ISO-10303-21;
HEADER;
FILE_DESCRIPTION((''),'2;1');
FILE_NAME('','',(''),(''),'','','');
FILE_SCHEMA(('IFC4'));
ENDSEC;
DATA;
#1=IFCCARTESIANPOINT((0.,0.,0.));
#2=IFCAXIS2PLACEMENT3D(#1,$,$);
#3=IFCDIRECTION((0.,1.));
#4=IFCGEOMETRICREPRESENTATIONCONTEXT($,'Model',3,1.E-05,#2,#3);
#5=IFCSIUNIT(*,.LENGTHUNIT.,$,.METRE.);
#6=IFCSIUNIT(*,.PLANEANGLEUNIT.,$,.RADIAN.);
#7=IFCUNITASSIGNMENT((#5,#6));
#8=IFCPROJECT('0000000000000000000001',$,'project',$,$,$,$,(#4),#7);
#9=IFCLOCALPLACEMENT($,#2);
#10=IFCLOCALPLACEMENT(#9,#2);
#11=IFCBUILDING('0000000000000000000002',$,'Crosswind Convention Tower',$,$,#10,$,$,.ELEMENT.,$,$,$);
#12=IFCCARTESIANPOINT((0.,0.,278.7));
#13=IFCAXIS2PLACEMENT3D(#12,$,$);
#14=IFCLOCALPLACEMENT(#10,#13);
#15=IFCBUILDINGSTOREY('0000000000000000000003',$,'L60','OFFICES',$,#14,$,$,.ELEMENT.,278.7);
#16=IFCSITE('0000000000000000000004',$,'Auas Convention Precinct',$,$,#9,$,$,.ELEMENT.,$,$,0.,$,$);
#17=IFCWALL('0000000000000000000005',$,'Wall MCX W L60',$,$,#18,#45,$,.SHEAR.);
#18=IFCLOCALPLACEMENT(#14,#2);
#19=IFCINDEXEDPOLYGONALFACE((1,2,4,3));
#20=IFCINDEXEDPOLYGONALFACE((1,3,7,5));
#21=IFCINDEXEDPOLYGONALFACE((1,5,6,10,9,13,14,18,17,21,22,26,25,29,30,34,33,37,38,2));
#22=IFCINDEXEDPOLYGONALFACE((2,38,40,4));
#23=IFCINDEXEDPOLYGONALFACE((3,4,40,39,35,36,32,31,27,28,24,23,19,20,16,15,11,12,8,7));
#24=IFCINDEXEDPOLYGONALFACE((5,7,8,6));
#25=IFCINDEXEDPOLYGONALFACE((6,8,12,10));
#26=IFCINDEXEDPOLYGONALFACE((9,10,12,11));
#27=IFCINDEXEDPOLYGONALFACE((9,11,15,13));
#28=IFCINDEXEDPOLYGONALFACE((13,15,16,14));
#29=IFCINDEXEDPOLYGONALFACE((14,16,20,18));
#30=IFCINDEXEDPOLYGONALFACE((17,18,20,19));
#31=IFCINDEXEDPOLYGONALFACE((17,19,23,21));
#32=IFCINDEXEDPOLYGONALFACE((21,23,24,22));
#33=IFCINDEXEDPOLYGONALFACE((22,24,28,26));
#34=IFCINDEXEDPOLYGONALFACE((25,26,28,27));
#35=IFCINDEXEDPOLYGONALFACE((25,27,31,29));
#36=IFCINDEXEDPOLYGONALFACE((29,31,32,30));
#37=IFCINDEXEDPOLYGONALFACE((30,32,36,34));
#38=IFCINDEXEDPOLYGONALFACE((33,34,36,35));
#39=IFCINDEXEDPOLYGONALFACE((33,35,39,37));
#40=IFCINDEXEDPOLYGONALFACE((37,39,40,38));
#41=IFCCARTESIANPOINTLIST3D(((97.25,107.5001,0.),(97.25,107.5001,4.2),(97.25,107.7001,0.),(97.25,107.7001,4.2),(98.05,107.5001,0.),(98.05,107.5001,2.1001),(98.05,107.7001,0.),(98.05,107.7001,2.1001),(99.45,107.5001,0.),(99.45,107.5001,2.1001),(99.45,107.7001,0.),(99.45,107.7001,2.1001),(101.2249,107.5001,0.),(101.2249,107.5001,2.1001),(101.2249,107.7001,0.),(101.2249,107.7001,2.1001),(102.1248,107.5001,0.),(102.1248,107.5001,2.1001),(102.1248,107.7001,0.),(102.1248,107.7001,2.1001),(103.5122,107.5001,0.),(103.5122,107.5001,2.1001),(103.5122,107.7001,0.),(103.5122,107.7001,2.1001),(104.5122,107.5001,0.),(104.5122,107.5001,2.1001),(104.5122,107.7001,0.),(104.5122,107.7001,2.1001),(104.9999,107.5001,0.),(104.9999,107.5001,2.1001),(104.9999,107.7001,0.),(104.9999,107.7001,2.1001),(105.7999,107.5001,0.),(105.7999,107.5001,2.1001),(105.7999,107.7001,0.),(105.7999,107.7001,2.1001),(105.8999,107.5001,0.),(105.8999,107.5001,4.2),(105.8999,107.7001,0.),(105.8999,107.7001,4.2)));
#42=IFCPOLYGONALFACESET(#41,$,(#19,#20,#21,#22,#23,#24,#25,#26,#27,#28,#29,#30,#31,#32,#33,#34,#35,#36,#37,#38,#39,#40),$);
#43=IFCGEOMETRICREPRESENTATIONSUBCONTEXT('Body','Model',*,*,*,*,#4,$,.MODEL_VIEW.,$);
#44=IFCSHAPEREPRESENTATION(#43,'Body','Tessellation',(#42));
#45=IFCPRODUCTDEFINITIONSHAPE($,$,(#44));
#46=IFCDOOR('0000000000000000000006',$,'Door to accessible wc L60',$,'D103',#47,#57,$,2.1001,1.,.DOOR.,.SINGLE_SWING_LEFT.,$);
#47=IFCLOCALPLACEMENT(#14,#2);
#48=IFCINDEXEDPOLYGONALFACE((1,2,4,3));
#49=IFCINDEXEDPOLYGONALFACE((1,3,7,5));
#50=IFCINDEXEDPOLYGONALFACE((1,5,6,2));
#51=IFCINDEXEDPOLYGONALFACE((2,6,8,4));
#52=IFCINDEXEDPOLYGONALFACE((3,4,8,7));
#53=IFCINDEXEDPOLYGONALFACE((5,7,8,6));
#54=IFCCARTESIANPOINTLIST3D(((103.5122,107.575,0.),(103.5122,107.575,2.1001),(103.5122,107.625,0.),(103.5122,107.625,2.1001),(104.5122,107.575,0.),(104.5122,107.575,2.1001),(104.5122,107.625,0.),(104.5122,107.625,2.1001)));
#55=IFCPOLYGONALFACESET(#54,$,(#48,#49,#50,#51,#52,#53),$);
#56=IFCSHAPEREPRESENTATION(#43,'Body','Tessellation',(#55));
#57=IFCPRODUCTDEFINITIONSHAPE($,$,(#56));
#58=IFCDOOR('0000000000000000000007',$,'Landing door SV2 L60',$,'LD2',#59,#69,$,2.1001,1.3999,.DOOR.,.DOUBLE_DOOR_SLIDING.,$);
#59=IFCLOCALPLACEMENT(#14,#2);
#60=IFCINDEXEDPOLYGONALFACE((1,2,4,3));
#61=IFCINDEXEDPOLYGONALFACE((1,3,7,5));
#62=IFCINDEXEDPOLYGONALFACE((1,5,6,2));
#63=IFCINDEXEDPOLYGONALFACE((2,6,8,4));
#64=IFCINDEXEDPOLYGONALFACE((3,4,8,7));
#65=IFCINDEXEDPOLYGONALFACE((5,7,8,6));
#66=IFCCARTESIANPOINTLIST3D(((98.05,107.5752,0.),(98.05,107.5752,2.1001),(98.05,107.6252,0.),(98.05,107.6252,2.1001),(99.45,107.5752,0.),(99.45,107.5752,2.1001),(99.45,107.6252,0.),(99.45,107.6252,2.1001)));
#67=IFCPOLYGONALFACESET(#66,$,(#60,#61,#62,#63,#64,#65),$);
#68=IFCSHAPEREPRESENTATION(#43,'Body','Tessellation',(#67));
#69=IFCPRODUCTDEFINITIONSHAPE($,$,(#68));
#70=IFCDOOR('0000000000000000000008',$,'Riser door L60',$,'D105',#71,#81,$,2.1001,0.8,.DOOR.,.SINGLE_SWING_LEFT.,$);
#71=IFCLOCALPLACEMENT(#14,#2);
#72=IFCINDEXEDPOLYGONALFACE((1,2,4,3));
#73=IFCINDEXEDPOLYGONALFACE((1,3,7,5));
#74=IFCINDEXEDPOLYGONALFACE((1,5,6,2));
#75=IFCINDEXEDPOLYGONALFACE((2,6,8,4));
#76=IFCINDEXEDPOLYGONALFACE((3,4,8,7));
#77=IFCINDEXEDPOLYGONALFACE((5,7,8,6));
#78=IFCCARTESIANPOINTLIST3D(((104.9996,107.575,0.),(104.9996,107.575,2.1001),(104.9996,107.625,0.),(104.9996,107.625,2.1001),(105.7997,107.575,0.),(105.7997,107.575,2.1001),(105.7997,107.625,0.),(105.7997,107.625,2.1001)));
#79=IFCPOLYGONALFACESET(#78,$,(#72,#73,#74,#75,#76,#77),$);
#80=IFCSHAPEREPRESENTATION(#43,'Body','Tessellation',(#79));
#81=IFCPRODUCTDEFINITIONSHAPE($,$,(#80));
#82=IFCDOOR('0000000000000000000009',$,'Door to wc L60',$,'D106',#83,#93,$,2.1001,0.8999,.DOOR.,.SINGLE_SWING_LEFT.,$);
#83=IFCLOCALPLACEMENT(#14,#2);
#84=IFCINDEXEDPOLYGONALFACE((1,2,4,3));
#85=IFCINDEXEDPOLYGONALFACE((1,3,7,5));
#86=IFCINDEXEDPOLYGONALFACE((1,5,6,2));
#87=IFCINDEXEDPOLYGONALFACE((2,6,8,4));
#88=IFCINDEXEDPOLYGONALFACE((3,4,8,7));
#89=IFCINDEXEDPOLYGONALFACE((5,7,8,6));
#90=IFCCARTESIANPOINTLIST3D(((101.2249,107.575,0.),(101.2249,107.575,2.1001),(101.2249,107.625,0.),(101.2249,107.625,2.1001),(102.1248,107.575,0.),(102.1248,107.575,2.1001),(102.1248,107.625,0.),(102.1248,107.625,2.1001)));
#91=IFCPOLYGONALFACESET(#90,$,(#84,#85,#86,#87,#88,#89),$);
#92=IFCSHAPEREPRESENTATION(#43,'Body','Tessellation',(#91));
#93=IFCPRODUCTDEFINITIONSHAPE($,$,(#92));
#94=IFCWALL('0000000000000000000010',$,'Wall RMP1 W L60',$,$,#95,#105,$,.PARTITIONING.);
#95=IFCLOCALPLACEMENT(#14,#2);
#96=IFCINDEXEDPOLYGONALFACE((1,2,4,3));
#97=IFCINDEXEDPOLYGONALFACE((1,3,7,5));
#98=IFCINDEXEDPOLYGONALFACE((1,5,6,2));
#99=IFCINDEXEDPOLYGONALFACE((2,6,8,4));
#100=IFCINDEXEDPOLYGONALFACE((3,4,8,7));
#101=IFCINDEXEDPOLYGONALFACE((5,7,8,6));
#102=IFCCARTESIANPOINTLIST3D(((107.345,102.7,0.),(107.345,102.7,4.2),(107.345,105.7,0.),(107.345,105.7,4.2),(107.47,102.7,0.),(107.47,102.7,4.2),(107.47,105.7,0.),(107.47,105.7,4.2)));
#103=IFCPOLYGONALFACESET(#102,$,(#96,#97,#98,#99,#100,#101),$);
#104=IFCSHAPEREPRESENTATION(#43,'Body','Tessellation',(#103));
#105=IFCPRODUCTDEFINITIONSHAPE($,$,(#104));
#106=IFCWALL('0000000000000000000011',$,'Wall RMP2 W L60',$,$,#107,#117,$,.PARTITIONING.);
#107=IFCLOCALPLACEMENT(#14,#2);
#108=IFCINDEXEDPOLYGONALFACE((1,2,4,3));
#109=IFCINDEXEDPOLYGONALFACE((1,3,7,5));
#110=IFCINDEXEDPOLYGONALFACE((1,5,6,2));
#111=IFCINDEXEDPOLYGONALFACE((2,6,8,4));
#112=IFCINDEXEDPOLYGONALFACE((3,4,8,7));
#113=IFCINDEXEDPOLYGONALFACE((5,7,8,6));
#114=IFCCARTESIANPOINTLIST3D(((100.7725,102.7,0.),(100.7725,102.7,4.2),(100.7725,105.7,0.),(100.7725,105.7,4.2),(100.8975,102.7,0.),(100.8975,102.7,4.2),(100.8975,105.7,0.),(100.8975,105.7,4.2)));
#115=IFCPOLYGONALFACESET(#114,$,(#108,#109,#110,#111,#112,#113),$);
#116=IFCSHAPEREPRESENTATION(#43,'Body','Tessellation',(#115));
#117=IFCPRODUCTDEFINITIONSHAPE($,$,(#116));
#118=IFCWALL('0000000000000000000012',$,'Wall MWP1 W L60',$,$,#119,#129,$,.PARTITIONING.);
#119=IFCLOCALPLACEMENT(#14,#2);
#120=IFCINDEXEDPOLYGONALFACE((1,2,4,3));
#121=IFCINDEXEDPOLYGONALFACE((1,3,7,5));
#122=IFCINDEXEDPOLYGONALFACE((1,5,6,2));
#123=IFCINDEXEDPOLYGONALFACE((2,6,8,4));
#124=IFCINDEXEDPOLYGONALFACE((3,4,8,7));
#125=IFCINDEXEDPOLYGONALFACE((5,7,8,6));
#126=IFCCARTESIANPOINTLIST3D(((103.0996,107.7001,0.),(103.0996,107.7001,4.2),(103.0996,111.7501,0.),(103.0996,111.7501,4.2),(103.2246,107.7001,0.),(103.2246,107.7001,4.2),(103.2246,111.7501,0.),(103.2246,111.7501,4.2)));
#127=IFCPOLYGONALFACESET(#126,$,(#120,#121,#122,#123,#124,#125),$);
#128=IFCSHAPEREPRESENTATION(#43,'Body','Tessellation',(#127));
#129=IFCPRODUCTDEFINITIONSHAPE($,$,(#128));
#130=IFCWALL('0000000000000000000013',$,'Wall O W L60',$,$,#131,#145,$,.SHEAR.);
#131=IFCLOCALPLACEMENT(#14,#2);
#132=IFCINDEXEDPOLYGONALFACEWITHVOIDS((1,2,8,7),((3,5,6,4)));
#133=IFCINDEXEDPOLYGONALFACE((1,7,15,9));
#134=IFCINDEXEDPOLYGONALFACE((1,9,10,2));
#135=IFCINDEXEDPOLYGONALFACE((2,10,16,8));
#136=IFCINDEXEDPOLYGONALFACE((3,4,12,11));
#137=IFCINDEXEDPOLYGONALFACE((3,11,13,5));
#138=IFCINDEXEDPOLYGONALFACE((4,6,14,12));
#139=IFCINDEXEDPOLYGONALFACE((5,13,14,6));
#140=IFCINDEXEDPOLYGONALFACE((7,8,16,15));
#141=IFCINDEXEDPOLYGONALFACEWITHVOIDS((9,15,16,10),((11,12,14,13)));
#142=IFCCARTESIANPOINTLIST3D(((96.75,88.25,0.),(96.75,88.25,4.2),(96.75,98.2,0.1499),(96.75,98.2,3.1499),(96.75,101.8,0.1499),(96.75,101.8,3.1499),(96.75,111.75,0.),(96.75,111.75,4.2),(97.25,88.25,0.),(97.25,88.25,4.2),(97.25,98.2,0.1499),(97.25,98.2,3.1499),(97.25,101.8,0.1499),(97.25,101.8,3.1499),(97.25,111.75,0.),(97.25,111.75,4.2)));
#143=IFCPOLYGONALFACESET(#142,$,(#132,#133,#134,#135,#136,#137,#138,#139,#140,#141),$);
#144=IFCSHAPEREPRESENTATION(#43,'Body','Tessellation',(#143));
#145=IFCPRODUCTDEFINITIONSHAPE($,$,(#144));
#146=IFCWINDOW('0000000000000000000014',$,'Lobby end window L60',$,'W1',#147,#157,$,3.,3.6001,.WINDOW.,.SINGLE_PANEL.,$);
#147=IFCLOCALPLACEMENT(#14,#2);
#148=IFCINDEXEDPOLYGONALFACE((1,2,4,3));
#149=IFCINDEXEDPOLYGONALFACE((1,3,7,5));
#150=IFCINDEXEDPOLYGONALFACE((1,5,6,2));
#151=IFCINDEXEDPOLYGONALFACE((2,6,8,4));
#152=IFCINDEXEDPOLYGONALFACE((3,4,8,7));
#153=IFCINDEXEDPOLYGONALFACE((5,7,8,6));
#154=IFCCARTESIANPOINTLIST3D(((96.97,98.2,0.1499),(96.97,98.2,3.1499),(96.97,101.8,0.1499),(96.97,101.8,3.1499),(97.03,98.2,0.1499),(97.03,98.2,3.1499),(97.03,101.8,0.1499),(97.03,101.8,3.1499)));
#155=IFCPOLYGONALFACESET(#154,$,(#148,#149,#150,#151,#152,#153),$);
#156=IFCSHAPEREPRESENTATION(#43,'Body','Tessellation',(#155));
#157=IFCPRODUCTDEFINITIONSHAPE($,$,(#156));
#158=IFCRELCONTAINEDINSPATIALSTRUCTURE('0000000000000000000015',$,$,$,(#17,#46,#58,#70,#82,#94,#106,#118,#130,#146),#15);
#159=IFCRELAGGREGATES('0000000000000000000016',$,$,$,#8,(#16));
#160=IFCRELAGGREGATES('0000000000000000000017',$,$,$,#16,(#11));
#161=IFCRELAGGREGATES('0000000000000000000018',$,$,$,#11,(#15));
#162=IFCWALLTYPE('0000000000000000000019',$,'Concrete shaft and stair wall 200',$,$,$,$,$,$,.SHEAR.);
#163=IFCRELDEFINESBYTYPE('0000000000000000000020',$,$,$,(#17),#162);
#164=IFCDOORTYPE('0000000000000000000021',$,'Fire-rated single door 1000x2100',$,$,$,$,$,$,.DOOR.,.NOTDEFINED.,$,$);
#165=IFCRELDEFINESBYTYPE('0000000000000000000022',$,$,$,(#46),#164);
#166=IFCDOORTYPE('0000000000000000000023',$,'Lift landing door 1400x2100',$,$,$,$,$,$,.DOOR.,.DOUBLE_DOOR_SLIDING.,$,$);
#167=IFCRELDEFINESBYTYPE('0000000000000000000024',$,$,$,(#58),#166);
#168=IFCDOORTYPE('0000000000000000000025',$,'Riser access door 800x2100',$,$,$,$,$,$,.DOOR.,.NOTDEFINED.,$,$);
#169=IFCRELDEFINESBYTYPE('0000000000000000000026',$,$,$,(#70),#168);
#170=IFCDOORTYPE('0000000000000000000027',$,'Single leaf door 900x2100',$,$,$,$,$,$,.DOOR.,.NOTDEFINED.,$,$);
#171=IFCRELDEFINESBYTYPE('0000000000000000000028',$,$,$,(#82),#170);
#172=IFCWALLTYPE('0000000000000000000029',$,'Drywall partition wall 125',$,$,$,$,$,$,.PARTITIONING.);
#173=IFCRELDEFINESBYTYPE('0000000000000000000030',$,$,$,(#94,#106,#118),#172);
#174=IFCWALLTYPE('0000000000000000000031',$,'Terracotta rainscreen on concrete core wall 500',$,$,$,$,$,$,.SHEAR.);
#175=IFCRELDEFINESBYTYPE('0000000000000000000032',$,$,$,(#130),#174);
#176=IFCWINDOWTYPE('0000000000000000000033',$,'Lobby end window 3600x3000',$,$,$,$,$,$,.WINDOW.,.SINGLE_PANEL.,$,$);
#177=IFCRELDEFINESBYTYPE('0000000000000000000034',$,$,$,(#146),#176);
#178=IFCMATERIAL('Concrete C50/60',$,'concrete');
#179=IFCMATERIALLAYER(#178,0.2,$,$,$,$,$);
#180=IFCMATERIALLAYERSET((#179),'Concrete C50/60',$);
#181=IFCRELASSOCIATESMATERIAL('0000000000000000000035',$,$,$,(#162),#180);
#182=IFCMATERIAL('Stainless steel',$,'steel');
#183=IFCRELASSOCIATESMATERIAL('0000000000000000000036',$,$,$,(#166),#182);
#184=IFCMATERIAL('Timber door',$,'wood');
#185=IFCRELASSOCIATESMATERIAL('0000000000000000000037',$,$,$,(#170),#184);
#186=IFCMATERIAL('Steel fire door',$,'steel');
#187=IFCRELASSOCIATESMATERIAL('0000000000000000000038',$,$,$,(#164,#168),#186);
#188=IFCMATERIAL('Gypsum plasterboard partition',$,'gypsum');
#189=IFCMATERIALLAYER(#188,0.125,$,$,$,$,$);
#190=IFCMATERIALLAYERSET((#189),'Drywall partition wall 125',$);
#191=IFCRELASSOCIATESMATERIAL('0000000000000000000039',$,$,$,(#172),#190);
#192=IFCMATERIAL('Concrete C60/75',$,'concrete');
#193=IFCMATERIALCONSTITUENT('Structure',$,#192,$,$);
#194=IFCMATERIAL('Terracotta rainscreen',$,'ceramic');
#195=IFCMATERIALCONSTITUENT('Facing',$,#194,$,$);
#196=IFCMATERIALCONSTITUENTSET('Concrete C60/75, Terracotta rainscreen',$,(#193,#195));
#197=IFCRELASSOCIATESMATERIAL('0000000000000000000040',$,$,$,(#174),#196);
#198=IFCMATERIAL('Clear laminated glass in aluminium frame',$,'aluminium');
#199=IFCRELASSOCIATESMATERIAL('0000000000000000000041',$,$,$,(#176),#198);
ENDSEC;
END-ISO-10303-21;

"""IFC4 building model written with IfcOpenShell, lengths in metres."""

from ifc_helpers import new_model, si_unit, direction, frame, frame_2d, origin, place, context, subcontext, project, spatial, rectangle, extrude, material, layer, layer_set, constituent, constituent_set, type_object, element, fill, save


model = new_model("IFC4")

# Units and contexts
model_context = context("Model", 3, precision=1e-05, world=origin(), true_north=direction((0.0, 1.0)))
body_context = subcontext(model_context, "Body", "Model", "MODEL_VIEW")
ifc_project = project(units=[si_unit("LENGTHUNIT", "METRE"), si_unit("PLANEANGLEUNIT", "RADIAN")], contexts=[model_context])

# Site, building, storey
site_placement = place(None, origin())
site = spatial("IfcSite", under=ifc_project, at=site_placement, Name="Auas Convention Precinct", CompositionType="ELEMENT", RefElevation=0.0)
building_placement = place(site_placement, origin())
building = spatial("IfcBuilding", under=site, at=building_placement, Name="Crosswind Convention Tower", CompositionType="ELEMENT")
storey_placement = place(building_placement, frame((0.0, 0.0, 278.7)))
storey = spatial("IfcBuildingStorey", under=building, at=storey_placement, Name="L60", Description="OFFICES", CompositionType="ELEMENT", Elevation=278.7)

# Shared definitions
ifc_material_1 = material(Name="Concrete C50/60", Category="concrete")
ifc_layer_1 = layer(ifc_material_1, 0.2)
ifc_layer_set_1 = layer_set([ifc_layer_1], Name="Concrete C50/60")
wall_type_1 = type_object("IfcWallType", Name="Concrete shaft and stair wall 200", PredefinedType="SHEAR", material=ifc_layer_set_1)

# Shared definitions
ifc_material_2 = material(Name="Stainless steel", Category="steel")
door_type_1 = type_object("IfcDoorType", Name="Lift landing door 1400x2100", OperationType="DOUBLE_DOOR_SLIDING", PredefinedType="DOOR", material=ifc_material_2)

# Shared definitions
ifc_material_3 = material(Name="Timber door", Category="wood")
door_type_2 = type_object("IfcDoorType", Name="Single leaf door 900x2100", OperationType="NOTDEFINED", PredefinedType="DOOR", material=ifc_material_3)

# Wall, openings, doors
wall_1_placement = place(storey_placement, frame((105.8999, 107.6001, 0.0), z_axis=(0.0, 0.0, 1.0), x_axis=(-1.0, 0.0, 0.0)))
wall_1 = element("IfcWall", 1, at=wall_1_placement, inside=storey, type_object=wall_type_1, Name="Wall MCX W L60", PredefinedType="SHEAR", context=body_context, shape_type="SweptSolid", body=[
    extrude(rectangle(XDim=8.6499, YDim=0.2, at=frame_2d((4.325, 0.0))), origin(), (0.0, 0.0, 1.0), 4.2),
])
opening_1_placement = place(wall_1_placement, frame((0.1001, 0.0, 0.0)))
opening_1 = element("IfcOpeningElement", 2, at=opening_1_placement, cuts=wall_1, PredefinedType="OPENING", context=body_context, shape_type="SweptSolid", body=[
    extrude(rectangle(XDim=0.8, YDim=2.1001, at=frame_2d((0.3999, 1.05))), frame((0.0, 0.1099, 0.0), z_axis=(0.0, -1.0, 0.0), x_axis=(1.0, 0.0, 0.0)), (0.0, 0.0, 1.0), 0.22),
])
opening_2_placement = place(wall_1_placement, frame((1.3877, 0.0, 0.0)))
opening_2 = element("IfcOpeningElement", 3, at=opening_2_placement, cuts=wall_1, PredefinedType="OPENING", context=body_context, shape_type="SweptSolid", body=[
    extrude(rectangle(XDim=1.0, YDim=2.1001, at=frame_2d((0.5, 1.05))), frame((0.0, 0.1099, 0.0), z_axis=(0.0, -1.0, 0.0), x_axis=(1.0, 0.0, 0.0)), (0.0, 0.0, 1.0), 0.22),
])
opening_3_placement = place(wall_1_placement, frame((3.7751, 0.0, 0.0)))
opening_3 = element("IfcOpeningElement", 4, at=opening_3_placement, cuts=wall_1, PredefinedType="OPENING", context=body_context, shape_type="SweptSolid", body=[
    extrude(rectangle(XDim=0.8999, YDim=2.1001, at=frame_2d((0.45, 1.05))), frame((0.0, 0.1099, 0.0), z_axis=(0.0, -1.0, 0.0), x_axis=(1.0, 0.0, 0.0)), (0.0, 0.0, 1.0), 0.22),
])
opening_4_placement = place(wall_1_placement, frame((6.45, 0.0, 0.0)))
opening_4 = element("IfcOpeningElement", 5, at=opening_4_placement, cuts=wall_1, PredefinedType="OPENING", context=body_context, shape_type="SweptSolid", body=[
    extrude(rectangle(XDim=1.3999, YDim=2.1001, at=frame_2d((0.7, 1.05))), frame((0.0, 0.1099, 0.0), z_axis=(0.0, -1.0, 0.0), x_axis=(1.0, 0.0, 0.0)), (0.0, 0.0, 1.0), 0.22),
])
ifc_material_4 = material(Name="Steel fire door", Category="steel")
door_type_3 = type_object("IfcDoorType", Name="Fire-rated single door 1000x2100", OperationType="NOTDEFINED", PredefinedType="DOOR", material=ifc_material_4)
door_1_placement = place(opening_2_placement, frame((1.0, 0.0, 0.0), z_axis=(0.0, 0.0, 1.0), x_axis=(-1.0, 0.0, 0.0)))
door_1 = element("IfcDoor", 6, at=door_1_placement, inside=storey, type_object=door_type_3, Name="Door to accessible wc L60", ObjectType="D103", OperationType="SINGLE_SWING_LEFT", OverallHeight=2.1001, OverallWidth=1.0, PredefinedType="DOOR", context=body_context, shape_type="SweptSolid", body=[
    extrude(rectangle(XDim=1.0, YDim=2.1001, at=frame_2d((0.5, 1.05))), frame((0.0, 0.0249, 0.0), z_axis=(0.0, -1.0, 0.0), x_axis=(1.0, 0.0, 0.0)), (0.0, 0.0, 1.0), 0.05),
])
fill(opening_2, door_1)
door_2_placement = place(opening_4_placement, origin())
door_2 = element("IfcDoor", 7, at=door_2_placement, inside=storey, type_object=door_type_1, Name="Landing door SV2 L60", ObjectType="LD2", OperationType="DOUBLE_DOOR_SLIDING", OverallHeight=2.1001, OverallWidth=1.3999, PredefinedType="DOOR", context=body_context, shape_type="SweptSolid", body=[
    extrude(rectangle(XDim=1.3999, YDim=2.1001, at=frame_2d((0.7, 1.05))), frame((0.0, 0.0249, 0.0), z_axis=(0.0, -1.0, 0.0), x_axis=(1.0, 0.0, 0.0)), (0.0, 0.0, 1.0), 0.05),
])
fill(opening_4, door_2)
door_type_4 = type_object("IfcDoorType", Name="Riser access door 800x2100", OperationType="NOTDEFINED", PredefinedType="DOOR", material=ifc_material_4)
door_3_placement = place(opening_1_placement, frame((0.8, 0.0, 0.0), z_axis=(0.0, 0.0, 1.0), x_axis=(-1.0, 0.0, 0.0)))
door_3 = element("IfcDoor", 8, at=door_3_placement, inside=storey, type_object=door_type_4, Name="Riser door L60", ObjectType="D105", OperationType="SINGLE_SWING_LEFT", OverallHeight=2.1001, OverallWidth=0.8, PredefinedType="DOOR", context=body_context, shape_type="SweptSolid", body=[
    extrude(rectangle(XDim=0.8, YDim=2.1001, at=frame_2d((0.3999, 1.05))), frame((0.0, 0.0249, 0.0), z_axis=(0.0, -1.0, 0.0), x_axis=(1.0, 0.0, 0.0)), (0.0, 0.0, 1.0), 0.05),
])
fill(opening_1, door_3)
door_4_placement = place(opening_3_placement, frame((0.8999, 0.0, 0.0), z_axis=(0.0, 0.0, 1.0), x_axis=(-1.0, 0.0, 0.0)))
door_4 = element("IfcDoor", 9, at=door_4_placement, inside=storey, type_object=door_type_2, Name="Door to wc L60", ObjectType="D106", OperationType="SINGLE_SWING_LEFT", OverallHeight=2.1001, OverallWidth=0.8999, PredefinedType="DOOR", context=body_context, shape_type="SweptSolid", body=[
    extrude(rectangle(XDim=0.8999, YDim=2.1001, at=frame_2d((0.45, 1.05))), frame((0.0, 0.0249, 0.0), z_axis=(0.0, -1.0, 0.0), x_axis=(1.0, 0.0, 0.0)), (0.0, 0.0, 1.0), 0.05),
])
fill(opening_3, door_4)

# Walls
ifc_material_5 = material(Name="Gypsum plasterboard partition", Category="gypsum")
ifc_layer_2 = layer(ifc_material_5, 0.125)
ifc_layer_set_2 = layer_set([ifc_layer_2], Name="Drywall partition wall 125")
wall_type_2 = type_object("IfcWallType", Name="Drywall partition wall 125", PredefinedType="PARTITIONING", material=ifc_layer_set_2)
for number, where, z_axis, x_axis, name in (
    (10, (107.4075, 105.7, 0.0), (0.0, 0.0, 1.0), (0.0, -1.0, 0.0), "Wall RMP1 W L60"),
    (11, (100.835, 105.7, 0.0), (0.0, 0.0, 1.0), (0.0, -1.0, 0.0), "Wall RMP2 W L60"),
):
    element("IfcWall", number, at=place(storey_placement, frame(where, z_axis=z_axis, x_axis=x_axis)), inside=storey, type_object=wall_type_2, Name=name, PredefinedType="PARTITIONING", context=body_context, shape_type="SweptSolid", body=[
        extrude(rectangle(XDim=3.0, YDim=0.125, at=frame_2d((1.5, 0.0))), origin(), (0.0, 0.0, 1.0), 4.2),
    ])
wall_2_placement = place(storey_placement, frame((103.1621, 111.75, 0.0), z_axis=(0.0, 0.0, 1.0), x_axis=(0.0, -1.0, 0.0)))
element("IfcWall", 12, at=wall_2_placement, inside=storey, type_object=wall_type_2, Name="Wall MWP1 W L60", PredefinedType="PARTITIONING", context=body_context, shape_type="SweptSolid", body=[
    extrude(rectangle(XDim=4.05, YDim=0.125, at=frame_2d((2.0249, 0.0))), origin(), (0.0, 0.0, 1.0), 4.2),
])

# Wall, opening, window
ifc_material_6 = material(Name="Concrete C60/75", Category="concrete")
ifc_constituent_1 = constituent(ifc_material_6, Name="Structure")
ifc_material_7 = material(Name="Terracotta rainscreen", Category="ceramic")
ifc_constituent_2 = constituent(ifc_material_7, Name="Facing")
ifc_constituent_set = constituent_set(constituents=[ifc_constituent_1, ifc_constituent_2], Name="Concrete C60/75, Terracotta rainscreen")
wall_type_3 = type_object("IfcWallType", Name="Terracotta rainscreen on concrete core wall 500", PredefinedType="SHEAR", material=ifc_constituent_set)
wall_3_placement = place(storey_placement, frame((97.0, 111.75, 0.0), z_axis=(0.0, 0.0, 1.0), x_axis=(0.0, -1.0, 0.0)))
wall_3 = element("IfcWall", 13, at=wall_3_placement, inside=storey, type_object=wall_type_3, Name="Wall O W L60", PredefinedType="SHEAR", context=body_context, shape_type="SweptSolid", body=[
    extrude(rectangle(XDim=23.5, YDim=0.5, at=frame_2d((11.75, 0.0))), origin(), (0.0, 0.0, 1.0), 4.2),
])
opening_5_placement = place(wall_3_placement, frame((9.95, 0.0, 0.1499)))
opening_5 = element("IfcOpeningElement", 14, at=opening_5_placement, cuts=wall_3, PredefinedType="OPENING", context=body_context, shape_type="SweptSolid", body=[
    extrude(rectangle(XDim=3.6001, YDim=3.0, at=frame_2d((1.8, 1.5))), frame((0.0, 0.26, 0.0), z_axis=(0.0, -1.0, 0.0), x_axis=(1.0, 0.0, 0.0)), (0.0, 0.0, 1.0), 0.52),
])
ifc_material_8 = material(Name="Clear laminated glass in aluminium frame", Category="aluminium")
window_type = type_object("IfcWindowType", Name="Lobby end window 3600x3000", PartitioningType="SINGLE_PANEL", PredefinedType="WINDOW", material=ifc_material_8)
window_placement = place(opening_5_placement, origin())
window = element("IfcWindow", 15, at=window_placement, inside=storey, type_object=window_type, Name="Lobby end window L60", ObjectType="W1", OverallHeight=3.0, OverallWidth=3.6001, PartitioningType="SINGLE_PANEL", PredefinedType="WINDOW", context=body_context, shape_type="SweptSolid", body=[
    extrude(rectangle(XDim=3.6001, YDim=3.0, at=frame_2d((1.8, 1.5))), frame((0.0, 0.03, 0.0), z_axis=(0.0, -1.0, 0.0), x_axis=(1.0, 0.0, 0.0)), (0.0, 0.0, 1.0), 0.0601),
])
fill(opening_5, window)

save(model, "model.ifc")
